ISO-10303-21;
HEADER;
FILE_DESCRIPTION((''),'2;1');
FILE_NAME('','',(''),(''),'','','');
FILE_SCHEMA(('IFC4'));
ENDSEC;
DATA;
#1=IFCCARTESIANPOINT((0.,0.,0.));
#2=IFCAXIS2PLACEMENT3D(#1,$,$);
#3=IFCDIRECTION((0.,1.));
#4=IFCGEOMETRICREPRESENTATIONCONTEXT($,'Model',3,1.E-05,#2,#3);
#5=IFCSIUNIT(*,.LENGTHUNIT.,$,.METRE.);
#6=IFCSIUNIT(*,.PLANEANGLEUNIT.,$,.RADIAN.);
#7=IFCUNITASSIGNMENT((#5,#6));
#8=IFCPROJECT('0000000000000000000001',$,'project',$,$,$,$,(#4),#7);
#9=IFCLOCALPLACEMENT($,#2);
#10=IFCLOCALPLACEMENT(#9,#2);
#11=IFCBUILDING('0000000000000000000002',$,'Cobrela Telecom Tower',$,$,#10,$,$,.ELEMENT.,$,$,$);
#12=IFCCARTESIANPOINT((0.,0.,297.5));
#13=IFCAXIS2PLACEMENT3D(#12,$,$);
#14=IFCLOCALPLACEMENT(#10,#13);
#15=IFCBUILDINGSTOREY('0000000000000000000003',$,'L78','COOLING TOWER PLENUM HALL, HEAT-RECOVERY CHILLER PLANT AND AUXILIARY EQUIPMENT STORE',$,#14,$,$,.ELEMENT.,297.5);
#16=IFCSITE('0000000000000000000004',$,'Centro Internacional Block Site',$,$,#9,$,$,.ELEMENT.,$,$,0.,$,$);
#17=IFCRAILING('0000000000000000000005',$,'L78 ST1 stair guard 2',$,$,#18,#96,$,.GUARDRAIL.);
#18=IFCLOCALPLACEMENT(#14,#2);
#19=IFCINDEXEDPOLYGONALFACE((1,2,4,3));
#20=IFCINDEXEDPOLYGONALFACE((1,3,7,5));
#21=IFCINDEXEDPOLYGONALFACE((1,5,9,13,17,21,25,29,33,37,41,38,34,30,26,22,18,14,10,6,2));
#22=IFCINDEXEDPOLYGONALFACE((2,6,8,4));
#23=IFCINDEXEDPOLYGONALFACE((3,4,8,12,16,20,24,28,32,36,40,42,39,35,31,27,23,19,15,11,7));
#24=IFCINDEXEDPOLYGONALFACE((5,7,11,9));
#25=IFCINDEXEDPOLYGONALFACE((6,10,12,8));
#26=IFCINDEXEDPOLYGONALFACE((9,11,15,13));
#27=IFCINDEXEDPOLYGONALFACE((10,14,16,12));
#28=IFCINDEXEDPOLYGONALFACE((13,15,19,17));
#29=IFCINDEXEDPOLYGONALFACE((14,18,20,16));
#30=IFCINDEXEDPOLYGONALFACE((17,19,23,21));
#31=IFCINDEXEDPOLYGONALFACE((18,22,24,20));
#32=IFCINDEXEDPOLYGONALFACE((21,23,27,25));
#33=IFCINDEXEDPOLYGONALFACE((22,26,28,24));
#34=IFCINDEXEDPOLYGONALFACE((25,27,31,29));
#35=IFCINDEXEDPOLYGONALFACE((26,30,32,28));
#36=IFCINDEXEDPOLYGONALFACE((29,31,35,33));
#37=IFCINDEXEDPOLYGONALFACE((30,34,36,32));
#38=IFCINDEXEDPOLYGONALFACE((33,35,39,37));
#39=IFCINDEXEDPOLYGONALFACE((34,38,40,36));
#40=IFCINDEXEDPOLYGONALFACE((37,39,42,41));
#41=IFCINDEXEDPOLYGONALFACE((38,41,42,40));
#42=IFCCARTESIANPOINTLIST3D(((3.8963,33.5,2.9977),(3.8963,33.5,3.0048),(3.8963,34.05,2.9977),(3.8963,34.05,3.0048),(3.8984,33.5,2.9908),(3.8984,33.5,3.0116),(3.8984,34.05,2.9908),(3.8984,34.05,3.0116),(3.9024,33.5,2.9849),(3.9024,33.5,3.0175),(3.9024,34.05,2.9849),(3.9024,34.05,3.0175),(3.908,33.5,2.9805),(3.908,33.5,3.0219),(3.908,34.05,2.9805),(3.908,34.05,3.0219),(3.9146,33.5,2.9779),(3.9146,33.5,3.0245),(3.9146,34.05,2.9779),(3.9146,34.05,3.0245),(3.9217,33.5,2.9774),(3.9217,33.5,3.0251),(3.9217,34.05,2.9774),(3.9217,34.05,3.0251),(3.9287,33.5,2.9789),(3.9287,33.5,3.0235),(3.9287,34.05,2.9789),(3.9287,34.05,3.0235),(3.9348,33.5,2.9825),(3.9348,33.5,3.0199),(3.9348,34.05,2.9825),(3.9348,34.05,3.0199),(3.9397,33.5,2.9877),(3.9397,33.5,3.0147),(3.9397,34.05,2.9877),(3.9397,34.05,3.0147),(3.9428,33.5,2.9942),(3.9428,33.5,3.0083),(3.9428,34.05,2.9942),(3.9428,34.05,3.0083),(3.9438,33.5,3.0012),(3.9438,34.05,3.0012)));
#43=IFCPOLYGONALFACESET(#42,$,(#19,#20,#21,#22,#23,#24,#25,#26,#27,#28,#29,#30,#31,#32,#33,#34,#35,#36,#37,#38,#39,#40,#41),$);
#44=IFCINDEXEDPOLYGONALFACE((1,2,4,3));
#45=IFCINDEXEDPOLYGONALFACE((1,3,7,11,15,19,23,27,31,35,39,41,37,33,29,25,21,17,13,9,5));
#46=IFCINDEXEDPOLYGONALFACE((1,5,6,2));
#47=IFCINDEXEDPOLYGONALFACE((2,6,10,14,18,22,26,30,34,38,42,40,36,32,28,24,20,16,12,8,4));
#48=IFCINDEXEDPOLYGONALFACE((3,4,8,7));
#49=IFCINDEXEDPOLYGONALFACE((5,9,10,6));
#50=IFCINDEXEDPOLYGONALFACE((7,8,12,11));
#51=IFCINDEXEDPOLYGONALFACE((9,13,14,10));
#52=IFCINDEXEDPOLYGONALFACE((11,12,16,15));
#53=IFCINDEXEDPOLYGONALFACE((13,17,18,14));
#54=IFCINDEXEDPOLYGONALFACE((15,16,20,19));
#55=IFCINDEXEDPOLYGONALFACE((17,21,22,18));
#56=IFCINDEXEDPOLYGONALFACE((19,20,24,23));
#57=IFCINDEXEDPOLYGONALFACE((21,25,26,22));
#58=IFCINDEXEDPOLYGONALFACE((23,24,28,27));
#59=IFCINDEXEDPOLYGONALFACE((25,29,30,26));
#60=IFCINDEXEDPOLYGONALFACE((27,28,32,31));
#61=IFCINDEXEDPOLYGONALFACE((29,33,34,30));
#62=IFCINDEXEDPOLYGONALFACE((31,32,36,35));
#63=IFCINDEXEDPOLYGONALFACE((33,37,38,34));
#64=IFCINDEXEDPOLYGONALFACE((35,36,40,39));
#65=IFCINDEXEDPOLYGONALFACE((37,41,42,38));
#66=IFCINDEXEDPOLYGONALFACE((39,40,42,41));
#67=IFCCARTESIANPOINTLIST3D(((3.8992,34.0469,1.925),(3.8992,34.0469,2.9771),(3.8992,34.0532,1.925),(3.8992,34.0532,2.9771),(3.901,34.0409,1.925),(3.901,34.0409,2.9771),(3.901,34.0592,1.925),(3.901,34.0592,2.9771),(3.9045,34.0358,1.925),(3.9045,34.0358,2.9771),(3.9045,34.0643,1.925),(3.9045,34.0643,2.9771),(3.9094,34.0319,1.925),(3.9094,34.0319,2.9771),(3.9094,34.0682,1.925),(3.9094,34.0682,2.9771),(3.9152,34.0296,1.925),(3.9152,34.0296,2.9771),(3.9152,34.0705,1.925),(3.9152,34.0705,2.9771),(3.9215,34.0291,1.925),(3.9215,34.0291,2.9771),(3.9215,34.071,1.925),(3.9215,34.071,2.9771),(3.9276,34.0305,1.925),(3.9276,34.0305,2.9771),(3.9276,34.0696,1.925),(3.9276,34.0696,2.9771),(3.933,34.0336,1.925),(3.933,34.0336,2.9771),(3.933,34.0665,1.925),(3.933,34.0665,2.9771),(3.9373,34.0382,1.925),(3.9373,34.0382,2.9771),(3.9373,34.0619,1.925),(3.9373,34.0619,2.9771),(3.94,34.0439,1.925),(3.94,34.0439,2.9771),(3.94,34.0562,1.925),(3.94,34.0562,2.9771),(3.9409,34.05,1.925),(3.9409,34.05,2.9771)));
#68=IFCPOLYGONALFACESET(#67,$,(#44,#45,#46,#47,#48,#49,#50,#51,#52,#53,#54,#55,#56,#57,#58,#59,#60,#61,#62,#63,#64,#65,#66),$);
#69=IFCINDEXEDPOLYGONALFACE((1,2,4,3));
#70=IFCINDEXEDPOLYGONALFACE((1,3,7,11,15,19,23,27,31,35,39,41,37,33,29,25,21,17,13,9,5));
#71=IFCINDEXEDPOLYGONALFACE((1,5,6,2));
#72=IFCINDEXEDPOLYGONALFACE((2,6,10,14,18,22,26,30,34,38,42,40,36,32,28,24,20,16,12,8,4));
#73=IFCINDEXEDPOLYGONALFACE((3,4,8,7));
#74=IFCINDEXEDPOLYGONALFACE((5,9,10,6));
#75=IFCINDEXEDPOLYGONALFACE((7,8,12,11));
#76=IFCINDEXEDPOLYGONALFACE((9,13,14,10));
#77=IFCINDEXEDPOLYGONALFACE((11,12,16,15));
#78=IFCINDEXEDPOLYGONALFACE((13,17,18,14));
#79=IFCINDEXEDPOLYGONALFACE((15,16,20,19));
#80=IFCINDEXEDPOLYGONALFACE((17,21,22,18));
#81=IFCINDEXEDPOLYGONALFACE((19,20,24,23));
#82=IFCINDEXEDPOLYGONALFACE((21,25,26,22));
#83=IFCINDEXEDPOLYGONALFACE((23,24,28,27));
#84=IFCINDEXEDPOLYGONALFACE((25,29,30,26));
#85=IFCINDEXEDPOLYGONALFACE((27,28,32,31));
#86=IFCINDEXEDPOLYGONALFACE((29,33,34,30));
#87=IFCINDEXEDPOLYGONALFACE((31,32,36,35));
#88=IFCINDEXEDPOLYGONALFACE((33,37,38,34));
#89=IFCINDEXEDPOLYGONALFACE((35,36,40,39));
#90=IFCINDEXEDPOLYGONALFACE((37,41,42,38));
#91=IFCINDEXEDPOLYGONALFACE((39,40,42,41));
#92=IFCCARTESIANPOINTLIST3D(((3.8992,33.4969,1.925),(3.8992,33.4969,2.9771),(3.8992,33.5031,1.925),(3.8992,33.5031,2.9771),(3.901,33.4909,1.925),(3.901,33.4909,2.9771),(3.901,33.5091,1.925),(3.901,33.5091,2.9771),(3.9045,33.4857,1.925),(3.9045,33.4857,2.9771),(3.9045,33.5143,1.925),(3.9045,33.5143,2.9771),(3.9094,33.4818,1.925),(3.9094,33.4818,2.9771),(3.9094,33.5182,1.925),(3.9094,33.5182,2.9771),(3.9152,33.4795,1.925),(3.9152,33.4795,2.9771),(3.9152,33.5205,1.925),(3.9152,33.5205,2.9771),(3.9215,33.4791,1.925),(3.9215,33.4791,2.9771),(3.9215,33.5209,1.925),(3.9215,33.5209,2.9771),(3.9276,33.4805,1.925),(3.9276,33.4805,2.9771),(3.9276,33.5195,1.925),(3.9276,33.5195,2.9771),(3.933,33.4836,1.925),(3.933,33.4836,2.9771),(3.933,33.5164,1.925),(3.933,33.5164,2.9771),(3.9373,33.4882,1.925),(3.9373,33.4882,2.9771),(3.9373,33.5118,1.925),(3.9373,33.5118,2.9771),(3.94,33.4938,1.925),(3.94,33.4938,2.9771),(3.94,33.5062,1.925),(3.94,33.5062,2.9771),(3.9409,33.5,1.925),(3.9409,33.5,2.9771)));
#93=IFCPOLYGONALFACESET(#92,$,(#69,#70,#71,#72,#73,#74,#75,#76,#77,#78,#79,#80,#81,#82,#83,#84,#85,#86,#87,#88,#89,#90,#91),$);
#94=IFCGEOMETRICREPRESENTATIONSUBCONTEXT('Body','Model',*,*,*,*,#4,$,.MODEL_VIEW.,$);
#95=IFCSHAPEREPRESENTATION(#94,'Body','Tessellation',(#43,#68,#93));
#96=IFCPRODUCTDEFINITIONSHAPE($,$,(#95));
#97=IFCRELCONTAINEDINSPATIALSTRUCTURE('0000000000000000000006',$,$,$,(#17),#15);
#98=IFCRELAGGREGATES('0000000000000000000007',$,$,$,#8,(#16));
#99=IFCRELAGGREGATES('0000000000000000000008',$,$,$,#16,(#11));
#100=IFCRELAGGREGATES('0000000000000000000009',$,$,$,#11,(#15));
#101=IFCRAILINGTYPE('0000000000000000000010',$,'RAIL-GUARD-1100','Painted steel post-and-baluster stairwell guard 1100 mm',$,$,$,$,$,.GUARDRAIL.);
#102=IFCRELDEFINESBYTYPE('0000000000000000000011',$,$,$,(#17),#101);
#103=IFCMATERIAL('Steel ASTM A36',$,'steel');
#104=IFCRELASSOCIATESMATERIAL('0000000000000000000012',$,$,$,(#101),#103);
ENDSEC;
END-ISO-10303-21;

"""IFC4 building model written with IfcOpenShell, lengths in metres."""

from ifc_helpers import new_model, si_unit, direction, frame, origin, origin_2d, place, context, subcontext, project, spatial, circle, extrude, material, type_object, element, save


model = new_model("IFC4")

# Units and contexts
model_context = context("Model", 3, precision=1e-05, world=origin(), true_north=direction((0.0, 1.0)))
body_context = subcontext(model_context, "Body", "Model", "MODEL_VIEW")
ifc_project = project(units=[si_unit("LENGTHUNIT", "METRE"), si_unit("PLANEANGLEUNIT", "RADIAN")], contexts=[model_context])

# Site, building, storey
site_placement = place(None, origin())
site = spatial("IfcSite", under=ifc_project, at=site_placement, Name="Centro Internacional Block Site", CompositionType="ELEMENT", RefElevation=0.0)
building_placement = place(site_placement, origin())
building = spatial("IfcBuilding", under=site, at=building_placement, Name="Cobrela Telecom Tower", CompositionType="ELEMENT")
storey_placement = place(building_placement, frame((0.0, 0.0, 297.5)))
storey = spatial("IfcBuildingStorey", under=building, at=storey_placement, Name="L78", Description="COOLING TOWER PLENUM HALL, HEAT-RECOVERY CHILLER PLANT AND AUXILIARY EQUIPMENT STORE", CompositionType="ELEMENT", Elevation=297.5)

# Shared definitions
ifc_material_1 = material(Name="Steel ASTM A36", Category="steel")

# Railing
railing_type_1 = type_object("IfcRailingType", Name="RAIL-GUARD-1100", Description="Painted steel post-and-baluster stairwell guard 1100 mm", PredefinedType="GUARDRAIL", material=ifc_material_1)
railing_1_placement = place(storey_placement, frame((3.9199, 34.05, 1.925)))
element("IfcRailing", 1, at=railing_1_placement, inside=storey, type_object=railing_type_1, Name="L78 ST1 stair guard 2", PredefinedType="GUARDRAIL", context=body_context, shape_type="SweptSolid", body=[
    extrude(circle(Radius=0.0239, at=origin_2d()), frame((0.0, 0.0, 1.0762), z_axis=(0.0, -1.0, 0.0), x_axis=(1.0, 0.0, 0.0)), (0.0, 0.0, 1.0), 0.55),
    extrude(circle(Radius=0.021, at=origin_2d()), origin(), (0.0, 0.0, 1.0), 1.052),
    extrude(circle(Radius=0.021, at=origin_2d()), frame((0.0, -0.55, 0.0)), (0.0, 0.0, 1.0), 1.052),
])

save(model, "model.ifc")
